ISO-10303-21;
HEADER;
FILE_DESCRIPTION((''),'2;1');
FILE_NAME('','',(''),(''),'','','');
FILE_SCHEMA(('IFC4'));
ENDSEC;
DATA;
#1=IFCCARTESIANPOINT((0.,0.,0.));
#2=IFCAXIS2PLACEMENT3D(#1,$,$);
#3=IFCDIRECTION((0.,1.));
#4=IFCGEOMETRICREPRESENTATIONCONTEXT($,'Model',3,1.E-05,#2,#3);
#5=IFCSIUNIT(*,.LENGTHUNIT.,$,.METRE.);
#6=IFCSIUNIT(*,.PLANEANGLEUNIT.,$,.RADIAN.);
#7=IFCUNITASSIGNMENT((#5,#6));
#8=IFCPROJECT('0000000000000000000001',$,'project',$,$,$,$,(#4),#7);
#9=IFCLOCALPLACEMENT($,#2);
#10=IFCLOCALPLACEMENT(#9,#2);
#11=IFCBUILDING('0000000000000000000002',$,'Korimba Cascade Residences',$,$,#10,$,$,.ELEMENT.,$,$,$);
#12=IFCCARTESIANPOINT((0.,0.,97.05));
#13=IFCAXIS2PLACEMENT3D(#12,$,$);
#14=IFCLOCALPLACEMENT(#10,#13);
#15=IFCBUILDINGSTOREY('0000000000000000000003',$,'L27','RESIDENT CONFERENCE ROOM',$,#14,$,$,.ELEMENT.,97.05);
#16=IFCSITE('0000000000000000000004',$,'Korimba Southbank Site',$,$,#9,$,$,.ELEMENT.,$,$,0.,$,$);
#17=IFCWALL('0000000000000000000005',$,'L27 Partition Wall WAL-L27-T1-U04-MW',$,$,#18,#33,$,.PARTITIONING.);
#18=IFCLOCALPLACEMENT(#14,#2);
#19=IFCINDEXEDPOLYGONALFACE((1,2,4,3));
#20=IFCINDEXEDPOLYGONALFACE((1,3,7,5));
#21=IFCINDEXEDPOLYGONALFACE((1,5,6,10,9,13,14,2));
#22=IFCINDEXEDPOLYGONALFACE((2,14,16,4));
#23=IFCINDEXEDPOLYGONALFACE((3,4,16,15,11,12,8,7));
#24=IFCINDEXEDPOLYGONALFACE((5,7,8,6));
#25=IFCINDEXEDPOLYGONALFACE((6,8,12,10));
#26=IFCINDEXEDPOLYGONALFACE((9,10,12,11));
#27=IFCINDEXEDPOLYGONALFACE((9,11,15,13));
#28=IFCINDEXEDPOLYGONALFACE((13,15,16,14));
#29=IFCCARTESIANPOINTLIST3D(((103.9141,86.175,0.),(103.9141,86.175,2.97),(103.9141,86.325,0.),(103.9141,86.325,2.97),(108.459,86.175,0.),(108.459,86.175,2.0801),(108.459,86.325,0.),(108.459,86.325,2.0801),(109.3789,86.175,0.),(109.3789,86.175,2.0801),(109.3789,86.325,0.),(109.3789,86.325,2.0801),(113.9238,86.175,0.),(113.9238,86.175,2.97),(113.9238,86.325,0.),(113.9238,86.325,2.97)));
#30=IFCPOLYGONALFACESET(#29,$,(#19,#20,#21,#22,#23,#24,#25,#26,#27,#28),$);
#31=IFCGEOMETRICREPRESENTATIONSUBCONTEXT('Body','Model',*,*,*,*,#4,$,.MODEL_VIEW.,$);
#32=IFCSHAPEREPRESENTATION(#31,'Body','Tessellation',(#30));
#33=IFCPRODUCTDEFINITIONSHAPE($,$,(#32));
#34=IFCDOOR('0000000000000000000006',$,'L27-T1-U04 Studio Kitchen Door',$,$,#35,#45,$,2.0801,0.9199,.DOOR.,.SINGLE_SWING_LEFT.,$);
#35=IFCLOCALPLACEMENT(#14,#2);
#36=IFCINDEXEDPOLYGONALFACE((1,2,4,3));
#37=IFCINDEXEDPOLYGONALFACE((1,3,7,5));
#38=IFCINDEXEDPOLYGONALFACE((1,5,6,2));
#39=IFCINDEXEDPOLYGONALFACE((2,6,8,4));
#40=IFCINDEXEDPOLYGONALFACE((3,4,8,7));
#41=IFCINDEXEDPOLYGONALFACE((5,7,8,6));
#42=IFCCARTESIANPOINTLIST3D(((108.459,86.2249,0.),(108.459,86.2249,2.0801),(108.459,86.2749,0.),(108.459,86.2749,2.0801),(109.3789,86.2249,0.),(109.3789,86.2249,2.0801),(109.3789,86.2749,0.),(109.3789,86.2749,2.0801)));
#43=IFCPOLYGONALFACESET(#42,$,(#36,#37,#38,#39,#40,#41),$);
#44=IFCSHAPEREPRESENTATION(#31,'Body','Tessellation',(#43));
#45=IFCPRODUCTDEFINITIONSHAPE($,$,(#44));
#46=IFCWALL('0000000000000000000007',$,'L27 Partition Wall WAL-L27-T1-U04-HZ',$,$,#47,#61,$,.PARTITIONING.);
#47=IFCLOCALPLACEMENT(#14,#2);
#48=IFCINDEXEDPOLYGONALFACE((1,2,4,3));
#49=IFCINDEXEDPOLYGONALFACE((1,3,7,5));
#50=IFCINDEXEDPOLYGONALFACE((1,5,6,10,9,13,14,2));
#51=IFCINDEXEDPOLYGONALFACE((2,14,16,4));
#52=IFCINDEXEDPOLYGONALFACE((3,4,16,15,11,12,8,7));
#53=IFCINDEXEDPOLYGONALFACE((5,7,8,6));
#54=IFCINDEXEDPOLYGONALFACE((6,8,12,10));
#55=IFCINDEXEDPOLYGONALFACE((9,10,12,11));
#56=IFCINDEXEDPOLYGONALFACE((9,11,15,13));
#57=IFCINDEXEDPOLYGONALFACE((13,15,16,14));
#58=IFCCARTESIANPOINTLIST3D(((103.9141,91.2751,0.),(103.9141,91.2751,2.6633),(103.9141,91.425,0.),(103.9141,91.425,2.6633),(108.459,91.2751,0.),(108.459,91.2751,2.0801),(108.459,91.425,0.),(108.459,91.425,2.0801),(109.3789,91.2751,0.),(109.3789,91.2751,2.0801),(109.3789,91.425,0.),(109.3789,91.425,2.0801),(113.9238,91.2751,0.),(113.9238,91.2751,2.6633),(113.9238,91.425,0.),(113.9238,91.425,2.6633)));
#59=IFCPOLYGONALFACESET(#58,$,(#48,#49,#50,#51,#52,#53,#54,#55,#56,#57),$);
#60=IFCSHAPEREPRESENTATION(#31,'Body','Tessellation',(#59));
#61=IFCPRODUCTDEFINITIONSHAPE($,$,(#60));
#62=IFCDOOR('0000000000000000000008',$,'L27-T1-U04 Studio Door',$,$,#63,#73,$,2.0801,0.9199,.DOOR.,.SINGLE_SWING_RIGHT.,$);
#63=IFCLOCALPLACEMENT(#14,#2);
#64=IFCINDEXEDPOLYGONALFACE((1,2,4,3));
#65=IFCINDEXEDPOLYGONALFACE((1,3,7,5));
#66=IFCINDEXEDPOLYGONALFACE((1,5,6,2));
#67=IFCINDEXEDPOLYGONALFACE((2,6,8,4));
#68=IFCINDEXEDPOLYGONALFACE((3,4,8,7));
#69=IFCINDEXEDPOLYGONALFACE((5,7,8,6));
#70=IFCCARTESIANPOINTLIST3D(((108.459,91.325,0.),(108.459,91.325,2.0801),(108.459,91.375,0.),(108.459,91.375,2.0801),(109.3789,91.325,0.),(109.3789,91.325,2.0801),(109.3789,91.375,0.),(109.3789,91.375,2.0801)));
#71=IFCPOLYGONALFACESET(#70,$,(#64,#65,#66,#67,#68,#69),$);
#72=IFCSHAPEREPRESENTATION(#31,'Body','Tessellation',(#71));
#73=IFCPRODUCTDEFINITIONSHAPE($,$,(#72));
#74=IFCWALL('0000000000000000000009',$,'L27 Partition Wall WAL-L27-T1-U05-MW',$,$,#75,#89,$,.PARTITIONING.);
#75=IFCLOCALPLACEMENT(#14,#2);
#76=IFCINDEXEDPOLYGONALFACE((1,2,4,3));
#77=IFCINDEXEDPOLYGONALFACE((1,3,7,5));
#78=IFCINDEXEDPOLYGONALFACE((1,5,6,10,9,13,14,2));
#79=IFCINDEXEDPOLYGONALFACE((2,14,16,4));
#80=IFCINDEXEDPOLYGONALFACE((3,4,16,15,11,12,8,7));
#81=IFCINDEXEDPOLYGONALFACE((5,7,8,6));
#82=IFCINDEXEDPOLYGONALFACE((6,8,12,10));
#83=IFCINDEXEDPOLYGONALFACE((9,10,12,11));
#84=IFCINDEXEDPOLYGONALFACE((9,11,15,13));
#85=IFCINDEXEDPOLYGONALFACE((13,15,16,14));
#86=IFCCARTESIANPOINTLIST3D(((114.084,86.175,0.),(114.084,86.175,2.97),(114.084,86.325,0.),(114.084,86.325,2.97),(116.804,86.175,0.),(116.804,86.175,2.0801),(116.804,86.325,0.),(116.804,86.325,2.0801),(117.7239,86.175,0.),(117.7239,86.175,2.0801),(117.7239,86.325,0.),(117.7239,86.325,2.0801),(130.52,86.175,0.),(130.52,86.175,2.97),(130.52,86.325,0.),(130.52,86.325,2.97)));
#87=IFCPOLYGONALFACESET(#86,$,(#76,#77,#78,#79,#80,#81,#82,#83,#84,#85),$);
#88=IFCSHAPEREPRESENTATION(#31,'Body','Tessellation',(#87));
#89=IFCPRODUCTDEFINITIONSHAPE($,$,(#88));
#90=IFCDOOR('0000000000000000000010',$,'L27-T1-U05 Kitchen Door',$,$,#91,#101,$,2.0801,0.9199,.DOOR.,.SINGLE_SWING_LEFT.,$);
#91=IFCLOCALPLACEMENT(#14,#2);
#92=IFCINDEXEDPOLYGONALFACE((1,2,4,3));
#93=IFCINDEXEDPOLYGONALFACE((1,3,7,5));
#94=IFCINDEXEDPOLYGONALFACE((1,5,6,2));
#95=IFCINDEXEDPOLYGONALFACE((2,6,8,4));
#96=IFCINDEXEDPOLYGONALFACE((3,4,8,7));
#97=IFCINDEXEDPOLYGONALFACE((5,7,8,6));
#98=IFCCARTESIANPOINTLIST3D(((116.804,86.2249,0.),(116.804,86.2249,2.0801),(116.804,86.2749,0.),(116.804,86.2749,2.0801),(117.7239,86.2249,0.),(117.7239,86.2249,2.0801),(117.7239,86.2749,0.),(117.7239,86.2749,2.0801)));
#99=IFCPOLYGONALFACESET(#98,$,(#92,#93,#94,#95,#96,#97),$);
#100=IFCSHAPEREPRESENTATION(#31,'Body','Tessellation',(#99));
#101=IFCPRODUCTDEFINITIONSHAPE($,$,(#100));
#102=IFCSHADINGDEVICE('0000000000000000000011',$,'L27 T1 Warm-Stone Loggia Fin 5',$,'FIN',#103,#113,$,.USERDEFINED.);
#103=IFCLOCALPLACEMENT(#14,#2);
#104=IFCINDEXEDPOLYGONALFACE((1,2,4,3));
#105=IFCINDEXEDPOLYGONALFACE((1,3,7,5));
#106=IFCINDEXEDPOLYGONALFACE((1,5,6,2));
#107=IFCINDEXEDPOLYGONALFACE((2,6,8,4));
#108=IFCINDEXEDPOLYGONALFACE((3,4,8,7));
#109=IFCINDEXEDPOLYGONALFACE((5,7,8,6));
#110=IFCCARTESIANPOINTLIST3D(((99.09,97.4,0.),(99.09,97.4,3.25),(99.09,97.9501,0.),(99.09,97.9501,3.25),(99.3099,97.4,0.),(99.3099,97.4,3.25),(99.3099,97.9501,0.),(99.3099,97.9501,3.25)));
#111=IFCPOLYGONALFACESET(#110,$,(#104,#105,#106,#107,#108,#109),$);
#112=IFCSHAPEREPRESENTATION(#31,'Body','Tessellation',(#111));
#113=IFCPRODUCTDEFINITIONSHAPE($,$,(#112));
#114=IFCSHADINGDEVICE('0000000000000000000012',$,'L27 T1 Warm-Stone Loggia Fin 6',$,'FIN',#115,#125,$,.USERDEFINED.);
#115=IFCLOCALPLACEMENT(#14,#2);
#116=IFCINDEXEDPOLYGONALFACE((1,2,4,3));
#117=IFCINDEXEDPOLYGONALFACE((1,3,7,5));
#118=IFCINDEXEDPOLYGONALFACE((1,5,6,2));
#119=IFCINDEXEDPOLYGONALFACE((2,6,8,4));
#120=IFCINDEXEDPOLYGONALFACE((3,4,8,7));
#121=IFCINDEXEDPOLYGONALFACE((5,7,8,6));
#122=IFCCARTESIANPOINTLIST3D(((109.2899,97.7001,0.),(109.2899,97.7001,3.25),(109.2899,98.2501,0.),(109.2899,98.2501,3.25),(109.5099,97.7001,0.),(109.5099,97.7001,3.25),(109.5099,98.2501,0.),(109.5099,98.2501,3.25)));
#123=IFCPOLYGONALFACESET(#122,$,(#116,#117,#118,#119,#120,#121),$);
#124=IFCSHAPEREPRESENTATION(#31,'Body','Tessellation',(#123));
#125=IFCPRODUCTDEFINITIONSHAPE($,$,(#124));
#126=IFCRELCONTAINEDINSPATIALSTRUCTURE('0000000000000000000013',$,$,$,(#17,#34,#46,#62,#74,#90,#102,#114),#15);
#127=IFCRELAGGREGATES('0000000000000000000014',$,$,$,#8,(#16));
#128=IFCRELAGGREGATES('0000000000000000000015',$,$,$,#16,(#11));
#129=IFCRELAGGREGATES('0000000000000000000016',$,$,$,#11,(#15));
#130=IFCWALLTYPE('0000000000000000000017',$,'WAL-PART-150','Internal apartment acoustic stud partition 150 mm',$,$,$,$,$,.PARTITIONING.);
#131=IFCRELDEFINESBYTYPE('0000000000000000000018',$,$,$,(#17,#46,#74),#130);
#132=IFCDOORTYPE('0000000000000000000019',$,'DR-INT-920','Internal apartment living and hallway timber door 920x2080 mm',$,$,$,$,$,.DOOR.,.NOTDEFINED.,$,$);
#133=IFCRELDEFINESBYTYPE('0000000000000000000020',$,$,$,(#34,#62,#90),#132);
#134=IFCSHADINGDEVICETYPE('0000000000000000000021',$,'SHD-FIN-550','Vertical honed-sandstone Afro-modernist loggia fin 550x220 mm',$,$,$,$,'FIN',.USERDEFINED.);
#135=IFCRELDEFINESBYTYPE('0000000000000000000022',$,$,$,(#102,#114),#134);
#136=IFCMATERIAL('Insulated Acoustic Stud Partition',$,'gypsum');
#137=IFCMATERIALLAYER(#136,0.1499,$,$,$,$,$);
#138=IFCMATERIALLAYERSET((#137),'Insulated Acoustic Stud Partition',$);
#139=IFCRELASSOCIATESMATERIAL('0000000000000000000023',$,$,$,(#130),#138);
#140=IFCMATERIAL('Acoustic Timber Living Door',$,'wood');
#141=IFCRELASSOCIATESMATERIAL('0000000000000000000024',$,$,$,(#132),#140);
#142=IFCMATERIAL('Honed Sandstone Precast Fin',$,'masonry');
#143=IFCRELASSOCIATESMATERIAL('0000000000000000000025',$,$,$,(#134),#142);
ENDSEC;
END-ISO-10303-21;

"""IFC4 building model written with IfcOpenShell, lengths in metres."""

from ifc_helpers import new_model, si_unit, direction, frame, frame_2d, origin, origin_2d, place, context, subcontext, project, spatial, rectangle, extrude, material, layer, layer_set, type_object, element, fill, save


model = new_model("IFC4")

# Units and contexts
model_context = context("Model", 3, precision=1e-05, world=origin(), true_north=direction((0.0, 1.0)))
body_context = subcontext(model_context, "Body", "Model", "MODEL_VIEW")
ifc_project = project(units=[si_unit("LENGTHUNIT", "METRE"), si_unit("PLANEANGLEUNIT", "RADIAN")], contexts=[model_context])

# Site, building, storey
site_placement = place(None, origin())
site = spatial("IfcSite", under=ifc_project, at=site_placement, Name="Korimba Southbank Site", CompositionType="ELEMENT", RefElevation=0.0)
building_placement = place(site_placement, origin())
building = spatial("IfcBuilding", under=site, at=building_placement, Name="Korimba Cascade Residences", CompositionType="ELEMENT")
storey_placement = place(building_placement, frame((0.0, 0.0, 97.05)))
storey = spatial("IfcBuildingStorey", under=building, at=storey_placement, Name="L27", Description="RESIDENT CONFERENCE ROOM", CompositionType="ELEMENT", Elevation=97.05)

# Walls, openings, doors
ifc_material_1 = material(Name="Insulated Acoustic Stud Partition", Category="gypsum")
ifc_layer = layer(ifc_material_1, 0.1499)
ifc_layer_set = layer_set([ifc_layer], Name="Insulated Acoustic Stud Partition")
wall_type = type_object("IfcWallType", Name="WAL-PART-150", Description="Internal apartment acoustic stud partition 150 mm", PredefinedType="PARTITIONING", material=ifc_layer_set)
wall_1_placement = place(storey_placement, frame((103.9141, 86.25, 0.0), z_axis=(0.0, 0.0, 1.0), x_axis=(1.0, 0.0, 0.0)))
wall_1 = element("IfcWall", 1, at=wall_1_placement, inside=storey, type_object=wall_type, Name="L27 Partition Wall WAL-L27-T1-U04-MW", PredefinedType="PARTITIONING", context=body_context, shape_type="SweptSolid", body=[
    extrude(rectangle(XDim=10.0098, YDim=0.1499, at=frame_2d((5.0049, 0.0))), origin(), (0.0, 0.0, 1.0), 2.97),
])
opening_1_placement = place(wall_1_placement, frame((4.5449, 0.0, 0.0)))
opening_1 = element("IfcOpeningElement", 2, at=opening_1_placement, cuts=wall_1, PredefinedType="OPENING", context=body_context, shape_type="SweptSolid", body=[
    extrude(rectangle(XDim=0.9199, YDim=2.0801, at=frame_2d((0.46, 1.04))), frame((0.0, 0.085, 0.0), z_axis=(0.0, -1.0, 0.0), x_axis=(1.0, 0.0, 0.0)), (0.0, 0.0, 1.0), 0.1699),
])
ifc_material_2 = material(Name="Acoustic Timber Living Door", Category="wood")
door_type_1 = type_object("IfcDoorType", Name="DR-INT-920", Description="Internal apartment living and hallway timber door 920x2080 mm", OperationType="NOTDEFINED", PredefinedType="DOOR", material=ifc_material_2)
door_1_placement = place(opening_1_placement, origin())
door_1 = element("IfcDoor", 3, at=door_1_placement, inside=storey, type_object=door_type_1, Name="L27-T1-U04 Studio Kitchen Door", OperationType="SINGLE_SWING_LEFT", OverallHeight=2.0801, OverallWidth=0.9199, PredefinedType="DOOR", context=body_context, shape_type="SweptSolid", body=[
    extrude(rectangle(XDim=0.9199, YDim=2.0801, at=frame_2d((0.46, 1.04))), frame((0.0, 0.0249, 0.0), z_axis=(0.0, -1.0, 0.0), x_axis=(1.0, 0.0, 0.0)), (0.0, 0.0, 1.0), 0.05),
])
fill(opening_1, door_1)
wall_2_placement = place(storey_placement, frame((103.9141, 91.3501, 0.0), z_axis=(0.0, 0.0, 1.0), x_axis=(1.0, 0.0, 0.0)))
wall_2 = element("IfcWall", 4, at=wall_2_placement, inside=storey, type_object=wall_type, Name="L27 Partition Wall WAL-L27-T1-U04-HZ", PredefinedType="PARTITIONING", context=body_context, shape_type="SweptSolid", body=[
    extrude(rectangle(XDim=10.0098, YDim=0.1499, at=frame_2d((5.0049, 0.0))), origin(), (0.0, 0.0, 1.0), 2.6633),
])
opening_2_placement = place(wall_2_placement, frame((4.5449, 0.0, 0.0)))
opening_2 = element("IfcOpeningElement", 5, at=opening_2_placement, cuts=wall_2, PredefinedType="OPENING", context=body_context, shape_type="SweptSolid", body=[
    extrude(rectangle(XDim=0.9199, YDim=2.0801, at=frame_2d((0.46, 1.04))), frame((0.0, 0.085, 0.0), z_axis=(0.0, -1.0, 0.0), x_axis=(1.0, 0.0, 0.0)), (0.0, 0.0, 1.0), 0.1699),
])
door_2_placement = place(opening_2_placement, origin())
door_2 = element("IfcDoor", 6, at=door_2_placement, inside=storey, type_object=door_type_1, Name="L27-T1-U04 Studio Door", OperationType="SINGLE_SWING_RIGHT", OverallHeight=2.0801, OverallWidth=0.9199, PredefinedType="DOOR", context=body_context, shape_type="SweptSolid", body=[
    extrude(rectangle(XDim=0.9199, YDim=2.0801, at=frame_2d((0.46, 1.04))), frame((0.0, 0.0249, 0.0), z_axis=(0.0, -1.0, 0.0), x_axis=(1.0, 0.0, 0.0)), (0.0, 0.0, 1.0), 0.05),
])
fill(opening_2, door_2)
wall_3_placement = place(storey_placement, frame((114.084, 86.25, 0.0), z_axis=(0.0, 0.0, 1.0), x_axis=(1.0, 0.0, 0.0)))
wall_3 = element("IfcWall", 7, at=wall_3_placement, inside=storey, type_object=wall_type, Name="L27 Partition Wall WAL-L27-T1-U05-MW", PredefinedType="PARTITIONING", context=body_context, shape_type="SweptSolid", body=[
    extrude(rectangle(XDim=16.436, YDim=0.1499, at=frame_2d((8.218, 0.0))), origin(), (0.0, 0.0, 1.0), 2.97),
])
opening_3_placement = place(wall_3_placement, frame((2.72, 0.0, 0.0)))
opening_3 = element("IfcOpeningElement", 8, at=opening_3_placement, cuts=wall_3, PredefinedType="OPENING", context=body_context, shape_type="SweptSolid", body=[
    extrude(rectangle(XDim=0.9199, YDim=2.0801, at=frame_2d((0.46, 1.04))), frame((0.0, 0.085, 0.0), z_axis=(0.0, -1.0, 0.0), x_axis=(1.0, 0.0, 0.0)), (0.0, 0.0, 1.0), 0.1699),
])
door_3_placement = place(opening_3_placement, origin())
door_3 = element("IfcDoor", 9, at=door_3_placement, inside=storey, type_object=door_type_1, Name="L27-T1-U05 Kitchen Door", OperationType="SINGLE_SWING_LEFT", OverallHeight=2.0801, OverallWidth=0.9199, PredefinedType="DOOR", context=body_context, shape_type="SweptSolid", body=[
    extrude(rectangle(XDim=0.9199, YDim=2.0801, at=frame_2d((0.46, 1.04))), frame((0.0, 0.0249, 0.0), z_axis=(0.0, -1.0, 0.0), x_axis=(1.0, 0.0, 0.0)), (0.0, 0.0, 1.0), 0.05),
])
fill(opening_3, door_3)

# Shading devices
ifc_material_3 = material(Name="Honed Sandstone Precast Fin", Category="masonry")
shading_device_type = type_object("IfcShadingDeviceType", Name="SHD-FIN-550", Description="Vertical honed-sandstone Afro-modernist loggia fin 550x220 mm", ElementType="FIN", PredefinedType="USERDEFINED", material=ifc_material_3)
for number, where, z_axis, x_axis, name in (
    (10, (99.2, 97.675, 0.0), (0.0, 0.0, 1.0), (1.0, 0.0, 0.0), "L27 T1 Warm-Stone Loggia Fin 5"),
    (11, (109.3999, 97.9751, 0.0), (0.0, 0.0, 1.0), (1.0, 0.0, 0.0), "L27 T1 Warm-Stone Loggia Fin 6"),
):
    element("IfcShadingDevice", number, at=place(storey_placement, frame(where, z_axis=z_axis, x_axis=x_axis)), inside=storey, type_object=shading_device_type, Name=name, ObjectType="FIN", PredefinedType="USERDEFINED", context=body_context, shape_type="SweptSolid", body=[
        extrude(rectangle(XDim=0.22, YDim=0.55, at=origin_2d()), origin(), (0.0, 0.0, 1.0), 3.25),
    ])

save(model, "model.ifc")
